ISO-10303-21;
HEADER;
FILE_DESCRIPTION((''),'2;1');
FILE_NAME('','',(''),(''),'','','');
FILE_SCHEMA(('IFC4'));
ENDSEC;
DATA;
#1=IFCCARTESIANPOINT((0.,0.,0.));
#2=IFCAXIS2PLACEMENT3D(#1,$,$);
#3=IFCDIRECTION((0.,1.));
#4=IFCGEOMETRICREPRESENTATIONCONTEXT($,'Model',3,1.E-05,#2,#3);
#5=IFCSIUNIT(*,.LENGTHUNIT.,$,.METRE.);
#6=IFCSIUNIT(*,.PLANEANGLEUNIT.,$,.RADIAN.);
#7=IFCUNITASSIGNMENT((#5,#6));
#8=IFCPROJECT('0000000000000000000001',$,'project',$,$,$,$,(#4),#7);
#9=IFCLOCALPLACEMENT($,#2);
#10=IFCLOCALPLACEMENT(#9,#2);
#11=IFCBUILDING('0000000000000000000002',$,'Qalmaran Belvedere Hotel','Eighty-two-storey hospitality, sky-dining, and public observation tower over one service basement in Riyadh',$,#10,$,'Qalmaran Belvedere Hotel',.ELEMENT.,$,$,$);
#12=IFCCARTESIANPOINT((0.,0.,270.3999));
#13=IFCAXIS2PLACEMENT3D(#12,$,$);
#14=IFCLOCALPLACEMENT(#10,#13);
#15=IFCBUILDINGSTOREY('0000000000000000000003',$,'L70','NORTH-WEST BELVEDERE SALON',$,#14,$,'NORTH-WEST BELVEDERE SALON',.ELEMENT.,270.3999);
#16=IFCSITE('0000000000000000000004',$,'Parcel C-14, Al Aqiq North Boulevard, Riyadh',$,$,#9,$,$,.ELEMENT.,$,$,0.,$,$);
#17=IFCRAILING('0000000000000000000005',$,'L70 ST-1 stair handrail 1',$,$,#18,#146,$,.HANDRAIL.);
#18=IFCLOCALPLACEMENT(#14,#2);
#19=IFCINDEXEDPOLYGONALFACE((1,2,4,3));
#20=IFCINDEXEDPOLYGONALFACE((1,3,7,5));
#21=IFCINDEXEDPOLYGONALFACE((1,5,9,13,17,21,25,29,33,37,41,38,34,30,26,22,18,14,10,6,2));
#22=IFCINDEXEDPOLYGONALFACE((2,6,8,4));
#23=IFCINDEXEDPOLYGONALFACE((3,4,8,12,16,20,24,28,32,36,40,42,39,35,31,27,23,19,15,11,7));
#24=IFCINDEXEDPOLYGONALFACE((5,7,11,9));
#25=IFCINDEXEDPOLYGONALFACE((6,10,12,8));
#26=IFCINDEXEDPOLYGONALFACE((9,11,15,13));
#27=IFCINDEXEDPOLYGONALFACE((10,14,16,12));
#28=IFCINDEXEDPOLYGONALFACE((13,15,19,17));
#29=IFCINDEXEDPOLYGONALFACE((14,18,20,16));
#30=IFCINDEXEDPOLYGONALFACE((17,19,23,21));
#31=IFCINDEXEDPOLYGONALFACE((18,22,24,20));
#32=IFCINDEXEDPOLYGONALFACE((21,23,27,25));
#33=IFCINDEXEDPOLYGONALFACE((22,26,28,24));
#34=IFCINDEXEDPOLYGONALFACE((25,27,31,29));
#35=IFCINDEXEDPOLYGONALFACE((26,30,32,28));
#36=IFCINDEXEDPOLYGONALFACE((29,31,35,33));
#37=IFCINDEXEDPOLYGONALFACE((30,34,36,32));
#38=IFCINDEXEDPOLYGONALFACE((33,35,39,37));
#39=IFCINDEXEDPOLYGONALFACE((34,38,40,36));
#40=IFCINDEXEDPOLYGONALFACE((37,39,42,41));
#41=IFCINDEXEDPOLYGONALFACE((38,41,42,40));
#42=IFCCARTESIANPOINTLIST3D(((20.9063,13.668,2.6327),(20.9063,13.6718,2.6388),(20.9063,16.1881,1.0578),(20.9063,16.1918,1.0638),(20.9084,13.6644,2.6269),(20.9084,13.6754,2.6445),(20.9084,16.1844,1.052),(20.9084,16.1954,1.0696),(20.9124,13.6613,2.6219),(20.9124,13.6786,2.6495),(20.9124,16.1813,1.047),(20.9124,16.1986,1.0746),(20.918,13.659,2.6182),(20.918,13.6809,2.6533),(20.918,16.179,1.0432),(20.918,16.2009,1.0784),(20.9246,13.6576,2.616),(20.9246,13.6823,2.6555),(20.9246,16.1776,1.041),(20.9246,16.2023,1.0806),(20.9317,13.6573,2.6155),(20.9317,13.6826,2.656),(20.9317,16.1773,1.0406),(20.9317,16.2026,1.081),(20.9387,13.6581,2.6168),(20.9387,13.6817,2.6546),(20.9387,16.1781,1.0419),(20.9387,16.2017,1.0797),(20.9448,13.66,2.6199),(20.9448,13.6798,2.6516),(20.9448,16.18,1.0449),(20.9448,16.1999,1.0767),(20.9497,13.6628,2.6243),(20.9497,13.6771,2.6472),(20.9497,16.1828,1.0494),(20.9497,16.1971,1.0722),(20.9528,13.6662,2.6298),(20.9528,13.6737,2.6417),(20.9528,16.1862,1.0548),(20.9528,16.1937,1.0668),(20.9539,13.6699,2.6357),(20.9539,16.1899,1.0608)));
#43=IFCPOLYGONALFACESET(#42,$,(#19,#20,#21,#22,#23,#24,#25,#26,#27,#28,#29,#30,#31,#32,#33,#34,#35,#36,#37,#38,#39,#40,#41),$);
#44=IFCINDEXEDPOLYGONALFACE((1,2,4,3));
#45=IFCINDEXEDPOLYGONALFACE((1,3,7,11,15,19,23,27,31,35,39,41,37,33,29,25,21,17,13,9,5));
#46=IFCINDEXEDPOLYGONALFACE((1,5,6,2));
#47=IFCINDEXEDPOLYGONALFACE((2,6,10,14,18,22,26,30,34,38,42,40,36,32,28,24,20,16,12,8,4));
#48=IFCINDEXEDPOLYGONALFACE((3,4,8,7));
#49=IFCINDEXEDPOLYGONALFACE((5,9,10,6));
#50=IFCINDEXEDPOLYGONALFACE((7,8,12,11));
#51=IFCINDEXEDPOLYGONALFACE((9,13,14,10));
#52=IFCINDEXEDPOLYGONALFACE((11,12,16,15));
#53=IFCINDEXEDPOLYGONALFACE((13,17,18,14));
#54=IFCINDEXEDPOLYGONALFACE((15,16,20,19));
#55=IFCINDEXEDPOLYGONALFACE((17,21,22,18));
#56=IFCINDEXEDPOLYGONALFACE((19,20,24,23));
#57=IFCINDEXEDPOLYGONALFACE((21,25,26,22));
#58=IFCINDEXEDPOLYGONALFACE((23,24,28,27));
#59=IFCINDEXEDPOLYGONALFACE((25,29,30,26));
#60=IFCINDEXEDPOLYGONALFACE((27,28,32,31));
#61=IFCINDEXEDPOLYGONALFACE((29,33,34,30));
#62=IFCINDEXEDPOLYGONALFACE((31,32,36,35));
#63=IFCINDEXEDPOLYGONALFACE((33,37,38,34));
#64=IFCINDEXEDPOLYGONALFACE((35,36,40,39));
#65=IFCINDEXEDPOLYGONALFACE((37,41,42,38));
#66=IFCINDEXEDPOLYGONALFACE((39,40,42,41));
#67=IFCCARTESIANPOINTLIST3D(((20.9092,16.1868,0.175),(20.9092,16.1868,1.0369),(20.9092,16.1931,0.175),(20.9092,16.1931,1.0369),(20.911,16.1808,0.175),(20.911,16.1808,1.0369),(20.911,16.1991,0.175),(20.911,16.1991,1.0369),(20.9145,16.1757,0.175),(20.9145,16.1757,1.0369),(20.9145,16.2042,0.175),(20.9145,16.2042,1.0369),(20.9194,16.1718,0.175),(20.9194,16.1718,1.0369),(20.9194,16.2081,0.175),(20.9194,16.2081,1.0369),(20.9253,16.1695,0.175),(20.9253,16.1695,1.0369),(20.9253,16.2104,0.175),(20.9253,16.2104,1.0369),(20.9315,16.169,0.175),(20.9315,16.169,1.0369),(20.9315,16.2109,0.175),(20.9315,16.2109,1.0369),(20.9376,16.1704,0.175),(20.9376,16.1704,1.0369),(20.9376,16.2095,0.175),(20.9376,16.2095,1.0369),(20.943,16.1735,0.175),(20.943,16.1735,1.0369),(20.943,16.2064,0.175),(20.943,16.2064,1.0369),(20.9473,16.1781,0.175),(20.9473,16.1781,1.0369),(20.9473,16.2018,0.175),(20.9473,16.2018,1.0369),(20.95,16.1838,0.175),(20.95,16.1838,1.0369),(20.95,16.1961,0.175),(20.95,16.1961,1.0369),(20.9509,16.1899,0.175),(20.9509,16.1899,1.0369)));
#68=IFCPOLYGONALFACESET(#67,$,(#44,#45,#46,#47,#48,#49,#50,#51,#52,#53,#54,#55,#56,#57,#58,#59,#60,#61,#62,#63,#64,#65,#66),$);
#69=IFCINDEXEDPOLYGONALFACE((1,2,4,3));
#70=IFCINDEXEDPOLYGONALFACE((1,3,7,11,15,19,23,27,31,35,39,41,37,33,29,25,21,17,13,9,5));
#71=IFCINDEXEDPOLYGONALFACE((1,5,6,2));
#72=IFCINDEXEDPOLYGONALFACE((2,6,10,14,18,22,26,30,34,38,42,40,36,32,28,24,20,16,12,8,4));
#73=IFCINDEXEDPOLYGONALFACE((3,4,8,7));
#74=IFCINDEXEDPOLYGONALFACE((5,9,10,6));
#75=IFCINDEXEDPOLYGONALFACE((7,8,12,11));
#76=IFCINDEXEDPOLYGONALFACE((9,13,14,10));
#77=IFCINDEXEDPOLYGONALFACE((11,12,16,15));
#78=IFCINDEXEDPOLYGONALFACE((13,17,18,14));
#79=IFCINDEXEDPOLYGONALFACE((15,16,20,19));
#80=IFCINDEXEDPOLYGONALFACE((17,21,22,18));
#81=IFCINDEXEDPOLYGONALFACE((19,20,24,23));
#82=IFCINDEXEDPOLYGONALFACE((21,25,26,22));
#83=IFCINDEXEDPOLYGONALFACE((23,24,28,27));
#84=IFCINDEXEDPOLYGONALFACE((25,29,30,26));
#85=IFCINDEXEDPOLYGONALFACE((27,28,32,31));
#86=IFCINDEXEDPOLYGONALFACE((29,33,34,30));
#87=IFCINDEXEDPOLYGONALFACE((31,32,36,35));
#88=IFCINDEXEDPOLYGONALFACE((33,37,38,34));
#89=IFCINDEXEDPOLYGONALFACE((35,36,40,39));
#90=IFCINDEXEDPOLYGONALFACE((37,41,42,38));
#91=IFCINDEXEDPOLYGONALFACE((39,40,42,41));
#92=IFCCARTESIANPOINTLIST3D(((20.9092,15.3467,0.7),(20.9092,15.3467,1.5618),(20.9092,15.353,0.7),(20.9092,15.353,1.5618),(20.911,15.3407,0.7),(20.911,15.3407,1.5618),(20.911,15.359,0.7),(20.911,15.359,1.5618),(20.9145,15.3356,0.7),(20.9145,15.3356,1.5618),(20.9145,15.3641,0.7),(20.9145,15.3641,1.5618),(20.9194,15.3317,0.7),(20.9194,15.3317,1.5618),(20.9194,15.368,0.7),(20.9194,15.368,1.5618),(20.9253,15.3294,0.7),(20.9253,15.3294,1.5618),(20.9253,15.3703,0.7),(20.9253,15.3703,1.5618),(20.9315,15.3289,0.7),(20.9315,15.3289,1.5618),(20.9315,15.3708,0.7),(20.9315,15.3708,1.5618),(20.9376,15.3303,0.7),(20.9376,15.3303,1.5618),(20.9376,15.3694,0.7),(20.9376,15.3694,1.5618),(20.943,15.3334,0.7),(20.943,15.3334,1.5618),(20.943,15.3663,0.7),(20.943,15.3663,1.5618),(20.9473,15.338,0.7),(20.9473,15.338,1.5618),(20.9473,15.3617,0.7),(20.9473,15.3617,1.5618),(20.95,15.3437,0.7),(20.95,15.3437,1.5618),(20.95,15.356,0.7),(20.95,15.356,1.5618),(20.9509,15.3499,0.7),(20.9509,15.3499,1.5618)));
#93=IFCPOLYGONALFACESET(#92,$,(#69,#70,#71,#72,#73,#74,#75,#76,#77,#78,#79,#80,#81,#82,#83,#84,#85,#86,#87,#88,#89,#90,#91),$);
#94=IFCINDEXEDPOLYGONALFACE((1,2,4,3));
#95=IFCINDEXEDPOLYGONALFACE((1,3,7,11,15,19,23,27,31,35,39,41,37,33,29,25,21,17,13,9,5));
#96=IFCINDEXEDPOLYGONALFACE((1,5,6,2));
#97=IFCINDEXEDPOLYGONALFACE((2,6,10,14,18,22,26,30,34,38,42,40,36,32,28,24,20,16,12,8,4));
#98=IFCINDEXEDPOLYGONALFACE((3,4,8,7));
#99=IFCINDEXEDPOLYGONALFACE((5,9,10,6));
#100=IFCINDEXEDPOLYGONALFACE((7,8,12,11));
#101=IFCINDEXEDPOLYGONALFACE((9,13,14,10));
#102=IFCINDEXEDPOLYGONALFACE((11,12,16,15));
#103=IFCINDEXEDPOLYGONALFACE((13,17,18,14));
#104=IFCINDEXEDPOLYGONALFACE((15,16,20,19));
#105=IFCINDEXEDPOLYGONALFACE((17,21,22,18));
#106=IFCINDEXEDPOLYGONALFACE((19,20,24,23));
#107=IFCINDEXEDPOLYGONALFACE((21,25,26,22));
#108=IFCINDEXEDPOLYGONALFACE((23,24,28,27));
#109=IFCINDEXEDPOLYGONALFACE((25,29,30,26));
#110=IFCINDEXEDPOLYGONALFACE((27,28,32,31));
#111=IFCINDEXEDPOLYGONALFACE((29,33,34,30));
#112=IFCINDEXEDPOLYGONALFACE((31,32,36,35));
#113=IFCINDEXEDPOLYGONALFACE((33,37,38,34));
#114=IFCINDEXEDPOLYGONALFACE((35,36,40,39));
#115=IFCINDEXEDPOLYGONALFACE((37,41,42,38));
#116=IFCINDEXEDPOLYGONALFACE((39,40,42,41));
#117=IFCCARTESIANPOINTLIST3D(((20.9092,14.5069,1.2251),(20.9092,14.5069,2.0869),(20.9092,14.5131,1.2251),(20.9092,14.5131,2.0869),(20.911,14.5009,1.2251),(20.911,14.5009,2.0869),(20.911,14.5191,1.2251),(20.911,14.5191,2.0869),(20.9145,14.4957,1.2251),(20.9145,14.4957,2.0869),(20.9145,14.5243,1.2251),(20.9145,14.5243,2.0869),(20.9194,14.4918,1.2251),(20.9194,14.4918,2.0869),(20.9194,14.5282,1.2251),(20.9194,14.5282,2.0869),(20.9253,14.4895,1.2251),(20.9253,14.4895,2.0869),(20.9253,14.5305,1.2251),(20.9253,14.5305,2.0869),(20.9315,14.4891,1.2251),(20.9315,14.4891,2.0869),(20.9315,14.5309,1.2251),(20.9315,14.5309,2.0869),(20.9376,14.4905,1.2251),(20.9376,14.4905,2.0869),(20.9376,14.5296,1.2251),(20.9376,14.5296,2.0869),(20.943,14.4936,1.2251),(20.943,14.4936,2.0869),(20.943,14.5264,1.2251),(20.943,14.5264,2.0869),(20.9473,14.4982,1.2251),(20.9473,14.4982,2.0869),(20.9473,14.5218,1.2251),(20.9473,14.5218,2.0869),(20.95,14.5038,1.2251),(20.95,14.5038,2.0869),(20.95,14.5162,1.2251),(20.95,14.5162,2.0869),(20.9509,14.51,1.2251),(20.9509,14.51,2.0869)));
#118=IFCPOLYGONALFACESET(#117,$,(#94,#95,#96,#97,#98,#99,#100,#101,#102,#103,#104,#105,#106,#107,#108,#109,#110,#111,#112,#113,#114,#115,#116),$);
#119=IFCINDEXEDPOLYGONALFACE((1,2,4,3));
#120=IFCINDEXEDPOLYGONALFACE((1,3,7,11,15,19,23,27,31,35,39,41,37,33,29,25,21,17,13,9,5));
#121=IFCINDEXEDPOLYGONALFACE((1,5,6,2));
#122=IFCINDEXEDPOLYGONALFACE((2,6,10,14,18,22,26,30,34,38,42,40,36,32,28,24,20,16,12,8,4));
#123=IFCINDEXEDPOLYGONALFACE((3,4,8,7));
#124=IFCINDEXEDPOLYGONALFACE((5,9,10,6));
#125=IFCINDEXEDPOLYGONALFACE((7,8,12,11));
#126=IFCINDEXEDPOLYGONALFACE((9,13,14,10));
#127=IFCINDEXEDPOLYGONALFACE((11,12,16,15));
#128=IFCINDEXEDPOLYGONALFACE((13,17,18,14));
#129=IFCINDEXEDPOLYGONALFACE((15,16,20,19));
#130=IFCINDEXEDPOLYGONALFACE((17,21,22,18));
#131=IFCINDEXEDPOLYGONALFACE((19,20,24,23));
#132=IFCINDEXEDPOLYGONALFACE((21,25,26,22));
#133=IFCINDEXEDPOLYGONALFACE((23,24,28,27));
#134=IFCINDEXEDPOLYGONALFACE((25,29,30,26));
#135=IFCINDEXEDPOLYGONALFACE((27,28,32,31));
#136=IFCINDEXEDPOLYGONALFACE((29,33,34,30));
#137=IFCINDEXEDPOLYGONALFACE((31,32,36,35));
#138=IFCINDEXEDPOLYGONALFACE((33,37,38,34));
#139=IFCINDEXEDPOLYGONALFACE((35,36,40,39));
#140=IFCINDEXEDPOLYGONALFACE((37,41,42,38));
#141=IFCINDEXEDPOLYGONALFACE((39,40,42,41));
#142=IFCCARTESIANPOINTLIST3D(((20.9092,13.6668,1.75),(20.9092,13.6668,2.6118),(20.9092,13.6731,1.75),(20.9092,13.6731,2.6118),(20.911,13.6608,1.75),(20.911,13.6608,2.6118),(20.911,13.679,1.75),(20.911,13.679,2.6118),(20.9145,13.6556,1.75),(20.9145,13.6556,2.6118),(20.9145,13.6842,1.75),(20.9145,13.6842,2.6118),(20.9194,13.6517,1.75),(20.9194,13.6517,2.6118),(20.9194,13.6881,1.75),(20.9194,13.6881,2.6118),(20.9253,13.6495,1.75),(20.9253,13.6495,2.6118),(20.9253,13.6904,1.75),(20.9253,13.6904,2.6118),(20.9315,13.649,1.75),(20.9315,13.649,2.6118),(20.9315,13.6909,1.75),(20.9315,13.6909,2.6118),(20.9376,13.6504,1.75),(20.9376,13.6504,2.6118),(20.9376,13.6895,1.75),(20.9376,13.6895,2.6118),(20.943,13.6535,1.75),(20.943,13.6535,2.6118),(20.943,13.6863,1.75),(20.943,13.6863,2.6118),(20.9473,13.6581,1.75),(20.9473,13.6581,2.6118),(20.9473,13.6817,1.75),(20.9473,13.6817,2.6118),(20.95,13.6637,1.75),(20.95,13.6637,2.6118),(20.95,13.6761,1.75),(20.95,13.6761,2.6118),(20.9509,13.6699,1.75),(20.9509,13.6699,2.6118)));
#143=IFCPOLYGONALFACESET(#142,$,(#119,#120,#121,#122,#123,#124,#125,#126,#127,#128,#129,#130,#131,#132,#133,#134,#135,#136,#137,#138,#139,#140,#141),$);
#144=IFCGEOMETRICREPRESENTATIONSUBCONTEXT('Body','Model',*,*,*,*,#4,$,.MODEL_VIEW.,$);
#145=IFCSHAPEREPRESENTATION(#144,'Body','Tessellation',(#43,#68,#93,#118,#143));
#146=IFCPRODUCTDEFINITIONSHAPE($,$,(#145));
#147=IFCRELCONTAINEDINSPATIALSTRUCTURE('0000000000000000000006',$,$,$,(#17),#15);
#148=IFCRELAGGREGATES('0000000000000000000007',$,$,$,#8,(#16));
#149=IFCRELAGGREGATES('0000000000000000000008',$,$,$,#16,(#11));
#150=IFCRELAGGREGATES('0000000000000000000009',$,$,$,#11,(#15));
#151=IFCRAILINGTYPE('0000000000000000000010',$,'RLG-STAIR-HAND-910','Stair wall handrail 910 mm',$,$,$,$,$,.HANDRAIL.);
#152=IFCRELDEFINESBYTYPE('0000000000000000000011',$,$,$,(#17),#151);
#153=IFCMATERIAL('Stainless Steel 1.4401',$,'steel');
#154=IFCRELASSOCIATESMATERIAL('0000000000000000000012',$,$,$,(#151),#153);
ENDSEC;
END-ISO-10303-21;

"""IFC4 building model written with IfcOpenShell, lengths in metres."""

from ifc_helpers import new_model, si_unit, direction, frame, origin, origin_2d, place, context, subcontext, project, spatial, circle, extrude, material, type_object, element, save


model = new_model("IFC4")

# Units and contexts
model_context = context("Model", 3, precision=1e-05, world=origin(), true_north=direction((0.0, 1.0)))
body_context = subcontext(model_context, "Body", "Model", "MODEL_VIEW")
ifc_project = project(units=[si_unit("LENGTHUNIT", "METRE"), si_unit("PLANEANGLEUNIT", "RADIAN")], contexts=[model_context])

# Site, building, storey
site_placement = place(None, origin())
site = spatial("IfcSite", under=ifc_project, at=site_placement, Name="Parcel C-14, Al Aqiq North Boulevard, Riyadh", CompositionType="ELEMENT", RefElevation=0.0)
building_placement = place(site_placement, origin())
building = spatial("IfcBuilding", under=site, at=building_placement, Name="Qalmaran Belvedere Hotel", Description="Eighty-two-storey hospitality, sky-dining, and public observation tower over one service basement in Riyadh", LongName="Qalmaran Belvedere Hotel", CompositionType="ELEMENT")
storey_placement = place(building_placement, frame((0.0, 0.0, 270.3999)))
storey = spatial("IfcBuildingStorey", under=building, at=storey_placement, Name="L70", Description="NORTH-WEST BELVEDERE SALON", LongName="NORTH-WEST BELVEDERE SALON", CompositionType="ELEMENT", Elevation=270.3999)

# Railing
ifc_material_1 = material(Name="Stainless Steel 1.4401", Category="steel")
railing_type_1 = type_object("IfcRailingType", Name="RLG-STAIR-HAND-910", Description="Stair wall handrail 910 mm", PredefinedType="HANDRAIL", material=ifc_material_1)
railing_1_placement = place(storey_placement, frame((20.9299, 16.1899, 0.175)))
element("IfcRailing", 1, at=railing_1_placement, inside=storey, type_object=railing_type_1, Name="L70 ST-1 stair handrail 1", PredefinedType="HANDRAIL", context=body_context, shape_type="SweptSolid", body=[
    extrude(circle(Radius=0.0239, at=origin_2d()), frame((0.0, 0.0, 0.8857), z_axis=(0.0, -0.848008, 0.529984), x_axis=(1.0, 0.0, 0.0)), (0.0, 0.0, 1.0), 2.9717),
    extrude(circle(Radius=0.021, at=origin_2d()), origin(), (0.0, 0.0, 1.0), 0.8618),
    extrude(circle(Radius=0.021, at=origin_2d()), frame((0.0, -0.8401, 0.5249)), (0.0, 0.0, 1.0), 0.8618),
    extrude(circle(Radius=0.021, at=origin_2d()), frame((0.0, -1.6799, 1.05)), (0.0, 0.0, 1.0), 0.8618),
    extrude(circle(Radius=0.021, at=origin_2d()), frame((0.0, -2.52, 1.575)), (0.0, 0.0, 1.0), 0.8618),
])

save(model, "model.ifc")
